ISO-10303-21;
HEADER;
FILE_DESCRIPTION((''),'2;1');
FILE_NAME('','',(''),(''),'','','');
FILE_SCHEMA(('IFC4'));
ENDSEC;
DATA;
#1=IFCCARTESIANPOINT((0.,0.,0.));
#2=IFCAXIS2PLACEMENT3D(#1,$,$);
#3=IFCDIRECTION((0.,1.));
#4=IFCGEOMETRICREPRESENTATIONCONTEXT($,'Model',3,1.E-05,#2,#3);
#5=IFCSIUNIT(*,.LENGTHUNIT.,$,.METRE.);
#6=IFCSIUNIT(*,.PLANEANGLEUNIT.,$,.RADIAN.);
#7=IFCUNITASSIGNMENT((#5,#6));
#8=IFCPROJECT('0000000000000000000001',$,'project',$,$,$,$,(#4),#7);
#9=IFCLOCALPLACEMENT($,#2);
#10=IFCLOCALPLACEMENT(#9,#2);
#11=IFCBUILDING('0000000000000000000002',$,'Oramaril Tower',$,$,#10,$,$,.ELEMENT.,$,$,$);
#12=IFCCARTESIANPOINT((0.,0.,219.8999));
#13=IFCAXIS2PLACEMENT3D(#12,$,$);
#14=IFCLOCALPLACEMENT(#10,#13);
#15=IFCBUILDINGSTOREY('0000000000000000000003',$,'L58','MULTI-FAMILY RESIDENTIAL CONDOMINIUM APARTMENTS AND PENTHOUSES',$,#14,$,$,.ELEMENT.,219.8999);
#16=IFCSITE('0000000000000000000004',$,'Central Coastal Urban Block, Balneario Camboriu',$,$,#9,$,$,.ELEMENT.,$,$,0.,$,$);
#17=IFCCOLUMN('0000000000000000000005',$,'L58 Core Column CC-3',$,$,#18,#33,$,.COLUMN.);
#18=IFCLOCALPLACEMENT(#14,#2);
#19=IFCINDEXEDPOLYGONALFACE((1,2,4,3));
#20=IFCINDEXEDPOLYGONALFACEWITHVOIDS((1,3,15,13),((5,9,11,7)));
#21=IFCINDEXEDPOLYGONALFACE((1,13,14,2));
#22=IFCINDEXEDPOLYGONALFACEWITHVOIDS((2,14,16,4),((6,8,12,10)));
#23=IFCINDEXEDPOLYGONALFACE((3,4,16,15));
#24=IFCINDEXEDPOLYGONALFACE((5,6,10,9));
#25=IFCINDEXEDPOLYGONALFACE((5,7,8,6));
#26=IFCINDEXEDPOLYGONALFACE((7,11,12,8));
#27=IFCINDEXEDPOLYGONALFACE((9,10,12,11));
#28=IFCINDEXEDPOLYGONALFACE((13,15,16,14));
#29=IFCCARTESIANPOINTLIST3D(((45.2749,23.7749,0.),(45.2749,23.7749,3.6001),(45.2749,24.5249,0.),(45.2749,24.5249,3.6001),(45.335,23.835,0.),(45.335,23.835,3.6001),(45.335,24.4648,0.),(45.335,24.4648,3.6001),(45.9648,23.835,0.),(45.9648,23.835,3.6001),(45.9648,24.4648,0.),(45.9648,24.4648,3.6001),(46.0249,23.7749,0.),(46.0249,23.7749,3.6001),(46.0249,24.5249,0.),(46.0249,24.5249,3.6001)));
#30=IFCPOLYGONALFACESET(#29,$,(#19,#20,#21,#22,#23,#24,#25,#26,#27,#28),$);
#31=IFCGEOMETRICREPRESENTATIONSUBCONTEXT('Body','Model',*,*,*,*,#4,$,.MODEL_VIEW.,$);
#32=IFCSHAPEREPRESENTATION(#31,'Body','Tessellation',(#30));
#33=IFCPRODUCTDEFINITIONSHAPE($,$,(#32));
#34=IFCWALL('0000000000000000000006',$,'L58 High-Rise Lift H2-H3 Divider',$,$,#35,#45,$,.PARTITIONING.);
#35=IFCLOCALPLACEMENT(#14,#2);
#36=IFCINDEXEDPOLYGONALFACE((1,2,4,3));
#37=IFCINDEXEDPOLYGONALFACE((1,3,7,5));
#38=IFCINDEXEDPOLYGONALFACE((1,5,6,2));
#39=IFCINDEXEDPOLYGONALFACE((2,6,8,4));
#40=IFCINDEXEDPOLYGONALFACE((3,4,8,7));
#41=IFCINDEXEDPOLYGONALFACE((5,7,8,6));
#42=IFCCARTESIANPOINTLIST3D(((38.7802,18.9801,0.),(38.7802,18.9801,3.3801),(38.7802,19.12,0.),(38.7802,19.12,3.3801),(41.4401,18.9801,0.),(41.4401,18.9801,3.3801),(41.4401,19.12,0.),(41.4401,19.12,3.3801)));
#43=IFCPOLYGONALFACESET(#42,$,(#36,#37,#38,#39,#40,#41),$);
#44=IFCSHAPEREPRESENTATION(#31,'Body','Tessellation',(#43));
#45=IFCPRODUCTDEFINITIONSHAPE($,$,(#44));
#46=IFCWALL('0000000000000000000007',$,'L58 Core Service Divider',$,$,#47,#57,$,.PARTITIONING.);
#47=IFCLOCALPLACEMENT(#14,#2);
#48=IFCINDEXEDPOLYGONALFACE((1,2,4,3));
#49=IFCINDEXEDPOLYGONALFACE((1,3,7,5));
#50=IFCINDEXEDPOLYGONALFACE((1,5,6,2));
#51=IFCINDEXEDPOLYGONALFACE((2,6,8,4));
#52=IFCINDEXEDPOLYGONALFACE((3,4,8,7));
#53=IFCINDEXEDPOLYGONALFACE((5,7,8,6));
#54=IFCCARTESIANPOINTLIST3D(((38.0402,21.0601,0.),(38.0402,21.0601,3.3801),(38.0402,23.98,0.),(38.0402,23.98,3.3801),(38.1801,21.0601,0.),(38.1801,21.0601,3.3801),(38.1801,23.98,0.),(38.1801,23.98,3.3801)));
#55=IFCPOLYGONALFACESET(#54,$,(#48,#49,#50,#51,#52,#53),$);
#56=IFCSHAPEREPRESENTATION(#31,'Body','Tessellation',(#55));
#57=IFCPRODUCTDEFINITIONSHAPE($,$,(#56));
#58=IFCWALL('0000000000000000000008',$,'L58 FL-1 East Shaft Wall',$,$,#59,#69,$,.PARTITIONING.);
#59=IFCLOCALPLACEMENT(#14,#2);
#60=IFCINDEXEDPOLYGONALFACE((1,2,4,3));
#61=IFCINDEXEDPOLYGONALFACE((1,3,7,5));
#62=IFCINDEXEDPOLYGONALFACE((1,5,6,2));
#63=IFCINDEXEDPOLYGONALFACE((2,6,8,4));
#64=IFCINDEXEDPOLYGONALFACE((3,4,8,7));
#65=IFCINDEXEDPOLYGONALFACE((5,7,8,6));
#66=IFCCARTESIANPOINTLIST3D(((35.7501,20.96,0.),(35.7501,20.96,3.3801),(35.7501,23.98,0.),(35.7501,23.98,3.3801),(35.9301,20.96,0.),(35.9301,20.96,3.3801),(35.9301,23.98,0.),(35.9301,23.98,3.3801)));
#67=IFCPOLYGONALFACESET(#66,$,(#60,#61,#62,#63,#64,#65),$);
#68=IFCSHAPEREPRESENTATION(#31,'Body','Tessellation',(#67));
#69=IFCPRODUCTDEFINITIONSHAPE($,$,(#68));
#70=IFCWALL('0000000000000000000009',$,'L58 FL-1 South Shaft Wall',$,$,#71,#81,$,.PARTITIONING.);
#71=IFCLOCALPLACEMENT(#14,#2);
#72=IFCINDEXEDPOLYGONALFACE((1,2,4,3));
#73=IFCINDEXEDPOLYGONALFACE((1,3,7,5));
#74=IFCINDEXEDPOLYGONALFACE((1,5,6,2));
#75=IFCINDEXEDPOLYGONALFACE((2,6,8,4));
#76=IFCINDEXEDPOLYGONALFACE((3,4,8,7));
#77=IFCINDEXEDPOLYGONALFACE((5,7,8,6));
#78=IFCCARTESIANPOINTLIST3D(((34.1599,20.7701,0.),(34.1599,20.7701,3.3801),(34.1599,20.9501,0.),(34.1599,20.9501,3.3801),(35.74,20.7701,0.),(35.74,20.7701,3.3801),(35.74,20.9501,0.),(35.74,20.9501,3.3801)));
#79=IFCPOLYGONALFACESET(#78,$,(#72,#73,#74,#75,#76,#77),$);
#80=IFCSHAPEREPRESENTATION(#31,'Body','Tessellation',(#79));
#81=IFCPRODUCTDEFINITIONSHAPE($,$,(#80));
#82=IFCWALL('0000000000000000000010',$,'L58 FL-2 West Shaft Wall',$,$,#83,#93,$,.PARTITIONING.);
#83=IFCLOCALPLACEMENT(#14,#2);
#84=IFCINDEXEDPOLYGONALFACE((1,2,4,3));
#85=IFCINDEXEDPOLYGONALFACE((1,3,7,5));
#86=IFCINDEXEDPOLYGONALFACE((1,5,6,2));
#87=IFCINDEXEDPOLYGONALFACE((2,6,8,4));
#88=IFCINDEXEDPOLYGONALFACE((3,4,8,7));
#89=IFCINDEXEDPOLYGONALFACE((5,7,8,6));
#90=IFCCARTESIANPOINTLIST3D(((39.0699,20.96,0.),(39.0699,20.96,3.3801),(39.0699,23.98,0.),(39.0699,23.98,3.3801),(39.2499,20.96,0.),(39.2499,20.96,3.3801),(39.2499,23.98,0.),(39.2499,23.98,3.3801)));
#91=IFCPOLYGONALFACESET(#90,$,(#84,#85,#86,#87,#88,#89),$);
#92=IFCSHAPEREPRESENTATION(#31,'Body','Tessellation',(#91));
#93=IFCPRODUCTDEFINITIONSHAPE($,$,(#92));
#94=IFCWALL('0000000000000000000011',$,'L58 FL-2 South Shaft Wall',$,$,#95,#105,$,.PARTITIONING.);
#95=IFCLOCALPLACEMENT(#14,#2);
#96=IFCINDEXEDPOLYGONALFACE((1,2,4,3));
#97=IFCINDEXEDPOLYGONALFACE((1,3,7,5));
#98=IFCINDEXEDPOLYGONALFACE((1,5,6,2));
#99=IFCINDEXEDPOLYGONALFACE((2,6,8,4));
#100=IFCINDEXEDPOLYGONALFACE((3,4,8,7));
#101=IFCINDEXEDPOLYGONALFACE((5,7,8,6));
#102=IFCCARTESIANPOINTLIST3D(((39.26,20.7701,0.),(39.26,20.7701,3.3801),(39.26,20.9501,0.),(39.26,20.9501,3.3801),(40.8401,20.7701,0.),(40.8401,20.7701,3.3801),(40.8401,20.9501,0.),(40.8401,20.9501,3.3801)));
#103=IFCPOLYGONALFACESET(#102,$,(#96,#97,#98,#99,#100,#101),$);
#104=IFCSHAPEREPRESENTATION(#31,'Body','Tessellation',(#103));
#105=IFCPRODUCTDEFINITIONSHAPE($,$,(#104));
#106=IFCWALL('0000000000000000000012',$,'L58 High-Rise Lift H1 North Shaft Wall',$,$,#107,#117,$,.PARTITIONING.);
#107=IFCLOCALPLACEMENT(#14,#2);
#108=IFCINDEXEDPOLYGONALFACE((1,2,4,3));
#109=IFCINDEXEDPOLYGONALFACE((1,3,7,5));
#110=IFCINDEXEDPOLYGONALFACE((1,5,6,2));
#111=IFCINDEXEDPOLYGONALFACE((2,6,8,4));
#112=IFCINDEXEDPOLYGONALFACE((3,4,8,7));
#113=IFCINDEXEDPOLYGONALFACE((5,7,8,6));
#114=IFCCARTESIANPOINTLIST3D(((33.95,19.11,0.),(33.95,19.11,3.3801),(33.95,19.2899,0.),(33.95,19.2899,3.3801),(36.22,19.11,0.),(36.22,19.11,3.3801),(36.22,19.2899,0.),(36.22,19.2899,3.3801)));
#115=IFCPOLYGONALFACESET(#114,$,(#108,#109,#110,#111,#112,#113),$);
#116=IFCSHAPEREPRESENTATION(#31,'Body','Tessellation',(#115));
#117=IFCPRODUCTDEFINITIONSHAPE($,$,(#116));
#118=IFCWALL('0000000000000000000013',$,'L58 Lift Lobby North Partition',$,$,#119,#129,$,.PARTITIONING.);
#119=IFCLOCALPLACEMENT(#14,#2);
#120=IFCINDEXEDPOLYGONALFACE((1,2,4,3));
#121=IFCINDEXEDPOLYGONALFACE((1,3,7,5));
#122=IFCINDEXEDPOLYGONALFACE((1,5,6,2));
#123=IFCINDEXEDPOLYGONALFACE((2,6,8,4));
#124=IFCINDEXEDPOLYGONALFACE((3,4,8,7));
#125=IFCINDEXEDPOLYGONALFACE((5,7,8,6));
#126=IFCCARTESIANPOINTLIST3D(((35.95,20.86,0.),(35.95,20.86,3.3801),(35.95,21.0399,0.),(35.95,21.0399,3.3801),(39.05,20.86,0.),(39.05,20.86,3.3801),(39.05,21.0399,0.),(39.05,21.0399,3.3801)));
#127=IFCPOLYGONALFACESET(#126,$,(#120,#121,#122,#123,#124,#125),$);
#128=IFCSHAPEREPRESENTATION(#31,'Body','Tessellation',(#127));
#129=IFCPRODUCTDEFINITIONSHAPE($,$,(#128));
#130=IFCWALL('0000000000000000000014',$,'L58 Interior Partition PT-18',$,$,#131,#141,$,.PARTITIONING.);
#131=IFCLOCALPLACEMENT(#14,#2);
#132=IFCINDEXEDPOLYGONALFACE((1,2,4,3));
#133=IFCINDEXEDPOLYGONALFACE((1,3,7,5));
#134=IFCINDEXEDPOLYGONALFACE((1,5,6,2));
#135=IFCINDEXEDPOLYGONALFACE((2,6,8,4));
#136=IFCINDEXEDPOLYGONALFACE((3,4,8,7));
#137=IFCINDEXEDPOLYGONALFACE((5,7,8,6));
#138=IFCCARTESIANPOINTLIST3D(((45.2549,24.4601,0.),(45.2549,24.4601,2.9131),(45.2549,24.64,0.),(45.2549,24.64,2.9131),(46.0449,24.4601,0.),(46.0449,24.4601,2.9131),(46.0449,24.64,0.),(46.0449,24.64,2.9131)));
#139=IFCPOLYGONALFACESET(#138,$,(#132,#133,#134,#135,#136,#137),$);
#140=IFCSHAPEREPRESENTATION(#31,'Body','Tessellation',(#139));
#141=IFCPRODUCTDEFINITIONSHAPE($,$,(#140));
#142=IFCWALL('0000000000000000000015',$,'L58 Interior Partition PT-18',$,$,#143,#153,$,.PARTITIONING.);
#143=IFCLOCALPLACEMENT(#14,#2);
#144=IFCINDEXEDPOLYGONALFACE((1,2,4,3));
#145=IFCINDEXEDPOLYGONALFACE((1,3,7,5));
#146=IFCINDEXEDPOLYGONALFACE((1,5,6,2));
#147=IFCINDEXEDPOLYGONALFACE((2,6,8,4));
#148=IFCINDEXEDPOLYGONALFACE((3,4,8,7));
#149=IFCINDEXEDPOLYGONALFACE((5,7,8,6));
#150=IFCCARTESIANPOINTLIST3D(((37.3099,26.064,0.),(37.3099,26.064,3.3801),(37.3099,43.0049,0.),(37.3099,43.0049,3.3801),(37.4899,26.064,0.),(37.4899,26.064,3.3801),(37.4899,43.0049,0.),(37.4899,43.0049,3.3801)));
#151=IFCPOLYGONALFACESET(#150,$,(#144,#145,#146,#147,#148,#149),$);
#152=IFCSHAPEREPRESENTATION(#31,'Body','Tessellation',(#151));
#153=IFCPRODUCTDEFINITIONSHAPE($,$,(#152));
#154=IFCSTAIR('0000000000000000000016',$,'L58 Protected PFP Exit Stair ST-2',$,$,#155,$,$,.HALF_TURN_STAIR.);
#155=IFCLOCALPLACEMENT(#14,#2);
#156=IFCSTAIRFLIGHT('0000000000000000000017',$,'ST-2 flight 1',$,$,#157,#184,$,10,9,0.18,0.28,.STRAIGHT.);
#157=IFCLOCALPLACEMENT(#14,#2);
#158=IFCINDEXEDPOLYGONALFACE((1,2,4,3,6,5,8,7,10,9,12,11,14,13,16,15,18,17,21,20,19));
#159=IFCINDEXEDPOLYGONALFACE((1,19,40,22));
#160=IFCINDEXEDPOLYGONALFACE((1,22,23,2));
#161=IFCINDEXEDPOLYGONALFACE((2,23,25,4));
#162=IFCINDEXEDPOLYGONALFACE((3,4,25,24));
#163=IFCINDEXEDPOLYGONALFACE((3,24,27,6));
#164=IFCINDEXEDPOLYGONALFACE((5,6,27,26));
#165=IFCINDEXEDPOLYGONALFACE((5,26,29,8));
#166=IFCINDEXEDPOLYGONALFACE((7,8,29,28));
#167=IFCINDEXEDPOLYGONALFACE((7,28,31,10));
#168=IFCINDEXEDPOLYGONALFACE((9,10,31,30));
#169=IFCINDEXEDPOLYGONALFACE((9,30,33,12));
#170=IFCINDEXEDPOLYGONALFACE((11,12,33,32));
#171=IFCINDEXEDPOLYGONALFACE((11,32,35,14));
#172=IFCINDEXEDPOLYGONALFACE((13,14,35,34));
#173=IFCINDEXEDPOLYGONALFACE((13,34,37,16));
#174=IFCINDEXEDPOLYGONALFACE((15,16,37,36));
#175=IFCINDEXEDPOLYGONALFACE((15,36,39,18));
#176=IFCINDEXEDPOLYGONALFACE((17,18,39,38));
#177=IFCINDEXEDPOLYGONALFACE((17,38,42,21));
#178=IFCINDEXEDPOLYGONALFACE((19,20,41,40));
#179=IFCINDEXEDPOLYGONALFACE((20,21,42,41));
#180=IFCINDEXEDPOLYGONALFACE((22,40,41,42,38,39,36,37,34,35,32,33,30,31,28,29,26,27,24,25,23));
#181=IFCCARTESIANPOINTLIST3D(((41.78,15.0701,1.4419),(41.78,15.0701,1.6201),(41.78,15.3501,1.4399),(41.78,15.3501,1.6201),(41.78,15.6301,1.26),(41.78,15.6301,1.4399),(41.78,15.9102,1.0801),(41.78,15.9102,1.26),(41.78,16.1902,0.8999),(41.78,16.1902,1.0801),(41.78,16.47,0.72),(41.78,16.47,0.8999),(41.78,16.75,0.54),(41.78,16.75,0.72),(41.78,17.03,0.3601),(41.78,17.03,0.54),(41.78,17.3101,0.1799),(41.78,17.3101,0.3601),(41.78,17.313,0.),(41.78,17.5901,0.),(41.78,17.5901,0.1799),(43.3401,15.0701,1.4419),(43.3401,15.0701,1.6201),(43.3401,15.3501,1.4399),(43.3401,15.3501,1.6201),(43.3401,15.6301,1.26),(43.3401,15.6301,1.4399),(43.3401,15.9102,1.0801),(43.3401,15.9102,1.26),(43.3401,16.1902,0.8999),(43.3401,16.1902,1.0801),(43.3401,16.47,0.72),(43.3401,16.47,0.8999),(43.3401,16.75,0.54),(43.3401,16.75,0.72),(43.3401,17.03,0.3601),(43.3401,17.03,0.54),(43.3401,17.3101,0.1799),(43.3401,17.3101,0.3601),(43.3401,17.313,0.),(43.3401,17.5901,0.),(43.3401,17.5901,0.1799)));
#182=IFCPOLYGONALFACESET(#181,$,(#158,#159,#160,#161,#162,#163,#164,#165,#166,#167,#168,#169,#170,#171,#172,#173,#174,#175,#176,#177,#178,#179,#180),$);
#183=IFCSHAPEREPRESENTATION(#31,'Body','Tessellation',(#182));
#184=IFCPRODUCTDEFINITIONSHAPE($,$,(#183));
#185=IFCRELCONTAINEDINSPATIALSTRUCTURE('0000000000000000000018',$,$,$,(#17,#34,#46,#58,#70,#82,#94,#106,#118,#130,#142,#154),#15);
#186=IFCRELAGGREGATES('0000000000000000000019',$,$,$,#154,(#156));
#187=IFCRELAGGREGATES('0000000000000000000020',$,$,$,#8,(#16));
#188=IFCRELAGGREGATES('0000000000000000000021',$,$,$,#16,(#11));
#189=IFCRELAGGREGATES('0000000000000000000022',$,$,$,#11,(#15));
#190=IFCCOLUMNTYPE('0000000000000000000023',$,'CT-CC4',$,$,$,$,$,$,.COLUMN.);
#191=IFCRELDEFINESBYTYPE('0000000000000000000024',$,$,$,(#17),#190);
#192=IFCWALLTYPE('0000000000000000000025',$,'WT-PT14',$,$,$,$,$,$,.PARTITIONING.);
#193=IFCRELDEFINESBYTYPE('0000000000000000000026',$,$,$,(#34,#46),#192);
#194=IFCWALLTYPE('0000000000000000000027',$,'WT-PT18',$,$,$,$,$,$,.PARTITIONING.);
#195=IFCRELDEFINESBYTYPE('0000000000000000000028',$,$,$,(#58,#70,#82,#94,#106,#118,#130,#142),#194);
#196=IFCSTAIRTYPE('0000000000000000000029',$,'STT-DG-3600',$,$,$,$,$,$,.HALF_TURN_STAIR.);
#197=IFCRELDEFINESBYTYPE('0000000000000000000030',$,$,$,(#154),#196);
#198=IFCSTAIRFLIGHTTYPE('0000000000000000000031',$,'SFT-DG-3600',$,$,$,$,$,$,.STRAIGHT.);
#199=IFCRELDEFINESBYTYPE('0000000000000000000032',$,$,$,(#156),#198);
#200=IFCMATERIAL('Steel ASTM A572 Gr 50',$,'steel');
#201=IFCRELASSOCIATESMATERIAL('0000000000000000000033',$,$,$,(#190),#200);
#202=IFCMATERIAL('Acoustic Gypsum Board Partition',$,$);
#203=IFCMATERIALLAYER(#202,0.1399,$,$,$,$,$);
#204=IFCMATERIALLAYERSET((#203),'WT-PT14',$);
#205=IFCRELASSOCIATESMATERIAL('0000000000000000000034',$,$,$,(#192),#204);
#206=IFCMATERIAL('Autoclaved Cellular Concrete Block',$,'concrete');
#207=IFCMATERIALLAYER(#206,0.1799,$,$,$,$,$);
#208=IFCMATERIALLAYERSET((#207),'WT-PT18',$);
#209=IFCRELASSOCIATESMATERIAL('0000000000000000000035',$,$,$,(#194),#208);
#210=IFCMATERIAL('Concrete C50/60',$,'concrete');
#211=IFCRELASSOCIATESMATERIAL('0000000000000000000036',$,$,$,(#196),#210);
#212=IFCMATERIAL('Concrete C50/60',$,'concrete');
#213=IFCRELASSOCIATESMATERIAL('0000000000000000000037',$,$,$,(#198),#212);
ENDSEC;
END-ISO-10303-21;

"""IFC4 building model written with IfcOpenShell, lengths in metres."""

from ifc_helpers import new_model, si_unit, direction, frame, frame_2d, origin, origin_2d, place, context, subcontext, project, spatial, polyline, rectangle, hollow_rectangle, outline, extrude, material, layer, layer_set, material_profile, profile_set, type_object, element, aggregate, save


model = new_model("IFC4")

# Units and contexts
model_context = context("Model", 3, precision=1e-05, world=origin(), true_north=direction((0.0, 1.0)))
body_context = subcontext(model_context, "Body", "Model", "MODEL_VIEW")
ifc_project = project(units=[si_unit("LENGTHUNIT", "METRE"), si_unit("PLANEANGLEUNIT", "RADIAN")], contexts=[model_context])

# Site, building, storey
site_placement = place(None, origin())
site = spatial("IfcSite", under=ifc_project, at=site_placement, Name="Central Coastal Urban Block, Balneario Camboriu", CompositionType="ELEMENT", RefElevation=0.0)
building_placement = place(site_placement, origin())
building = spatial("IfcBuilding", under=site, at=building_placement, Name="Oramaril Tower", CompositionType="ELEMENT")
storey_placement = place(building_placement, frame((0.0, 0.0, 219.8999)))
storey = spatial("IfcBuildingStorey", under=building, at=storey_placement, Name="L58", Description="MULTI-FAMILY RESIDENTIAL CONDOMINIUM APARTMENTS AND PENTHOUSES", CompositionType="ELEMENT", Elevation=219.8999)

# Column
ifc_material_1 = material(Name="Steel ASTM A572 Gr 50", Category="steel")
ifc_material_profile = material_profile(ifc_material_1, hollow_rectangle(XDim=0.75, YDim=0.75, WallThickness=0.0601, at=origin_2d()), Name="BOX750X750X60")
ifc_profile_set = profile_set([ifc_material_profile], Name="Steel ASTM A572 Gr 50")
column_type = type_object("IfcColumnType", Name="CT-CC4", PredefinedType="COLUMN", material=ifc_profile_set)
column_placement = place(storey_placement, frame((45.6499, 24.1499, 0.0), z_axis=(0.0, 0.0, 1.0), x_axis=(1.0, 0.0, 0.0)))
element("IfcColumn", 1, at=column_placement, inside=storey, type_object=column_type, Name="L58 Core Column CC-3", PredefinedType="COLUMN", context=body_context, shape_type="SweptSolid", body=[
    extrude(hollow_rectangle(XDim=0.75, YDim=0.75, WallThickness=0.0601, at=origin_2d()), origin(), (0.0, 0.0, 1.0), 3.6001),
])

# Walls
ifc_material_2 = material(Name="Acoustic Gypsum Board Partition")
ifc_layer_1 = layer(ifc_material_2, 0.1399)
ifc_layer_set_1 = layer_set([ifc_layer_1], Name="WT-PT14")
wall_type_1 = type_object("IfcWallType", Name="WT-PT14", PredefinedType="PARTITIONING", material=ifc_layer_set_1)
wall_1_placement = place(storey_placement, frame((38.78, 19.05, 0.0), z_axis=(0.0, 0.0, 1.0), x_axis=(1.0, 0.0, 0.0)))
element("IfcWall", 2, at=wall_1_placement, inside=storey, type_object=wall_type_1, Name="L58 High-Rise Lift H2-H3 Divider", PredefinedType="PARTITIONING", context=body_context, shape_type="SweptSolid", body=[
    extrude(rectangle(XDim=2.6599, YDim=0.1399, at=frame_2d((1.3301, 0.0))), origin(), (0.0, 0.0, 1.0), 3.3801),
])
wall_2_placement = place(storey_placement, frame((38.1101, 21.0601, 0.0), z_axis=(0.0, 0.0, 1.0), x_axis=(0.0, 1.0, 0.0)))
element("IfcWall", 3, at=wall_2_placement, inside=storey, type_object=wall_type_1, Name="L58 Core Service Divider", PredefinedType="PARTITIONING", context=body_context, shape_type="SweptSolid", body=[
    extrude(rectangle(XDim=2.9199, YDim=0.1399, at=frame_2d((1.46, 0.0))), origin(), (0.0, 0.0, 1.0), 3.3801),
])
ifc_material_3 = material(Name="Autoclaved Cellular Concrete Block", Category="concrete")
ifc_layer_2 = layer(ifc_material_3, 0.1799)
ifc_layer_set_2 = layer_set([ifc_layer_2], Name="WT-PT18")
wall_type_2 = type_object("IfcWallType", Name="WT-PT18", PredefinedType="PARTITIONING", material=ifc_layer_set_2)
wall_3_placement = place(storey_placement, frame((35.8401, 20.96, 0.0), z_axis=(0.0, 0.0, 1.0), x_axis=(0.0, 1.0, 0.0)))
element("IfcWall", 4, at=wall_3_placement, inside=storey, type_object=wall_type_2, Name="L58 FL-1 East Shaft Wall", PredefinedType="PARTITIONING", context=body_context, shape_type="SweptSolid", body=[
    extrude(rectangle(XDim=3.02, YDim=0.1799, at=frame_2d((1.51, 0.0))), origin(), (0.0, 0.0, 1.0), 3.3801),
])
wall_4_placement = place(storey_placement, frame((34.1599, 20.8601, 0.0), z_axis=(0.0, 0.0, 1.0), x_axis=(1.0, 0.0, 0.0)))
element("IfcWall", 5, at=wall_4_placement, inside=storey, type_object=wall_type_2, Name="L58 FL-1 South Shaft Wall", PredefinedType="PARTITIONING", context=body_context, shape_type="SweptSolid", body=[
    extrude(rectangle(XDim=1.5801, YDim=0.1799, at=frame_2d((0.79, 0.0))), origin(), (0.0, 0.0, 1.0), 3.3801),
])
wall_5_placement = place(storey_placement, frame((39.1599, 20.96, 0.0), z_axis=(0.0, 0.0, 1.0), x_axis=(0.0, 1.0, 0.0)))
element("IfcWall", 6, at=wall_5_placement, inside=storey, type_object=wall_type_2, Name="L58 FL-2 West Shaft Wall", PredefinedType="PARTITIONING", context=body_context, shape_type="SweptSolid", body=[
    extrude(rectangle(XDim=3.02, YDim=0.1799, at=frame_2d((1.51, 0.0))), origin(), (0.0, 0.0, 1.0), 3.3801),
])
wall_6_placement = place(storey_placement, frame((39.26, 20.8601, 0.0), z_axis=(0.0, 0.0, 1.0), x_axis=(1.0, 0.0, 0.0)))
element("IfcWall", 7, at=wall_6_placement, inside=storey, type_object=wall_type_2, Name="L58 FL-2 South Shaft Wall", PredefinedType="PARTITIONING", context=body_context, shape_type="SweptSolid", body=[
    extrude(rectangle(XDim=1.5801, YDim=0.1799, at=frame_2d((0.79, 0.0))), origin(), (0.0, 0.0, 1.0), 3.3801),
])
wall_7_placement = place(storey_placement, frame((33.95, 19.2, 0.0), z_axis=(0.0, 0.0, 1.0), x_axis=(1.0, 0.0, 0.0)))
element("IfcWall", 8, at=wall_7_placement, inside=storey, type_object=wall_type_2, Name="L58 High-Rise Lift H1 North Shaft Wall", PredefinedType="PARTITIONING", context=body_context, shape_type="SweptSolid", body=[
    extrude(rectangle(XDim=2.27, YDim=0.1799, at=frame_2d((1.135, 0.0))), origin(), (0.0, 0.0, 1.0), 3.3801),
])
wall_8_placement = place(storey_placement, frame((35.95, 20.95, 0.0), z_axis=(0.0, 0.0, 1.0), x_axis=(1.0, 0.0, 0.0)))
element("IfcWall", 9, at=wall_8_placement, inside=storey, type_object=wall_type_2, Name="L58 Lift Lobby North Partition", PredefinedType="PARTITIONING", context=body_context, shape_type="SweptSolid", body=[
    extrude(rectangle(XDim=3.1001, YDim=0.1799, at=frame_2d((1.55, 0.0))), origin(), (0.0, 0.0, 1.0), 3.3801),
])
wall_9_placement = place(storey_placement, frame((45.2549, 24.55, 0.0), z_axis=(0.0, 0.0, 1.0), x_axis=(1.0, 0.0, 0.0)))
element("IfcWall", 10, at=wall_9_placement, inside=storey, type_object=wall_type_2, Name="L58 Interior Partition PT-18", PredefinedType="PARTITIONING", context=body_context, shape_type="SweptSolid", body=[
    extrude(rectangle(XDim=0.79, YDim=0.1799, at=frame_2d((0.395, 0.0))), origin(), (0.0, 0.0, 1.0), 2.9131),
])
wall_10_placement = place(storey_placement, frame((37.3999, 26.064, 0.0), z_axis=(0.0, 0.0, 1.0), x_axis=(0.0, 1.0, 0.0)))
element("IfcWall", 11, at=wall_10_placement, inside=storey, type_object=wall_type_2, Name="L58 Interior Partition PT-18", PredefinedType="PARTITIONING", context=body_context, shape_type="SweptSolid", body=[
    extrude(rectangle(XDim=16.9409, YDim=0.1799, at=frame_2d((8.4705, 0.0))), origin(), (0.0, 0.0, 1.0), 3.3801),
])

# Stair, stair flight
ifc_material_4 = material(Name="Concrete C50/60", Category="concrete")
stair_type = type_object("IfcStairType", Name="STT-DG-3600", PredefinedType="HALF_TURN_STAIR", material=ifc_material_4)
stair_placement = place(storey_placement, origin())
stair = element("IfcStair", 12, at=stair_placement, inside=storey, type_object=stair_type, Name="L58 Protected PFP Exit Stair ST-2", PredefinedType="HALF_TURN_STAIR")
ifc_material_5 = material(Name="Concrete C50/60", Category="concrete")
stair_flight_type = type_object("IfcStairFlightType", Name="SFT-DG-3600", PredefinedType="STRAIGHT", material=ifc_material_5)
stair_flight_placement = place(storey_placement, frame((42.5601, 17.5901, 0.0), z_axis=(0.0, 0.0, 1.0), x_axis=(0.0, -1.0, 0.0)))
stair_flight = element("IfcStairFlight", 13, at=stair_flight_placement, type_object=stair_flight_type, Name="ST-2 flight 1", NumberOfRisers=10, NumberOfTreads=9, PredefinedType="STRAIGHT", RiserHeight=0.18, TreadLength=0.28, context=body_context, shape_type="SweptSolid", body=[
    extrude(outline(polyline([(0.0, 0.0), (0.0, 0.1799), (0.28, 0.1799), (0.28, 0.3601), (0.5601, 0.3601), (0.5601, 0.54), (0.8401, 0.54), (0.8401, 0.72), (1.1201, 0.72), (1.1201, 0.8999), (1.3999, 0.8999), (1.3999, 1.0801), (1.6799, 1.0801), (1.6799, 1.26), (1.96, 1.26), (1.96, 1.4399), (2.24, 1.4399), (2.24, 1.6201), (2.52, 1.6201), (2.52, 1.8), (2.52, 1.4419), (0.2771, 0.0), (0.0, 0.0)])), frame((0.0, 0.78, 0.0), z_axis=(0.0, -1.0, 0.0), x_axis=(1.0, 0.0, 0.0)), (0.0, 0.0, 1.0), 1.5601),
])
aggregate(stair, [stair_flight])

save(model, "model.ifc")
